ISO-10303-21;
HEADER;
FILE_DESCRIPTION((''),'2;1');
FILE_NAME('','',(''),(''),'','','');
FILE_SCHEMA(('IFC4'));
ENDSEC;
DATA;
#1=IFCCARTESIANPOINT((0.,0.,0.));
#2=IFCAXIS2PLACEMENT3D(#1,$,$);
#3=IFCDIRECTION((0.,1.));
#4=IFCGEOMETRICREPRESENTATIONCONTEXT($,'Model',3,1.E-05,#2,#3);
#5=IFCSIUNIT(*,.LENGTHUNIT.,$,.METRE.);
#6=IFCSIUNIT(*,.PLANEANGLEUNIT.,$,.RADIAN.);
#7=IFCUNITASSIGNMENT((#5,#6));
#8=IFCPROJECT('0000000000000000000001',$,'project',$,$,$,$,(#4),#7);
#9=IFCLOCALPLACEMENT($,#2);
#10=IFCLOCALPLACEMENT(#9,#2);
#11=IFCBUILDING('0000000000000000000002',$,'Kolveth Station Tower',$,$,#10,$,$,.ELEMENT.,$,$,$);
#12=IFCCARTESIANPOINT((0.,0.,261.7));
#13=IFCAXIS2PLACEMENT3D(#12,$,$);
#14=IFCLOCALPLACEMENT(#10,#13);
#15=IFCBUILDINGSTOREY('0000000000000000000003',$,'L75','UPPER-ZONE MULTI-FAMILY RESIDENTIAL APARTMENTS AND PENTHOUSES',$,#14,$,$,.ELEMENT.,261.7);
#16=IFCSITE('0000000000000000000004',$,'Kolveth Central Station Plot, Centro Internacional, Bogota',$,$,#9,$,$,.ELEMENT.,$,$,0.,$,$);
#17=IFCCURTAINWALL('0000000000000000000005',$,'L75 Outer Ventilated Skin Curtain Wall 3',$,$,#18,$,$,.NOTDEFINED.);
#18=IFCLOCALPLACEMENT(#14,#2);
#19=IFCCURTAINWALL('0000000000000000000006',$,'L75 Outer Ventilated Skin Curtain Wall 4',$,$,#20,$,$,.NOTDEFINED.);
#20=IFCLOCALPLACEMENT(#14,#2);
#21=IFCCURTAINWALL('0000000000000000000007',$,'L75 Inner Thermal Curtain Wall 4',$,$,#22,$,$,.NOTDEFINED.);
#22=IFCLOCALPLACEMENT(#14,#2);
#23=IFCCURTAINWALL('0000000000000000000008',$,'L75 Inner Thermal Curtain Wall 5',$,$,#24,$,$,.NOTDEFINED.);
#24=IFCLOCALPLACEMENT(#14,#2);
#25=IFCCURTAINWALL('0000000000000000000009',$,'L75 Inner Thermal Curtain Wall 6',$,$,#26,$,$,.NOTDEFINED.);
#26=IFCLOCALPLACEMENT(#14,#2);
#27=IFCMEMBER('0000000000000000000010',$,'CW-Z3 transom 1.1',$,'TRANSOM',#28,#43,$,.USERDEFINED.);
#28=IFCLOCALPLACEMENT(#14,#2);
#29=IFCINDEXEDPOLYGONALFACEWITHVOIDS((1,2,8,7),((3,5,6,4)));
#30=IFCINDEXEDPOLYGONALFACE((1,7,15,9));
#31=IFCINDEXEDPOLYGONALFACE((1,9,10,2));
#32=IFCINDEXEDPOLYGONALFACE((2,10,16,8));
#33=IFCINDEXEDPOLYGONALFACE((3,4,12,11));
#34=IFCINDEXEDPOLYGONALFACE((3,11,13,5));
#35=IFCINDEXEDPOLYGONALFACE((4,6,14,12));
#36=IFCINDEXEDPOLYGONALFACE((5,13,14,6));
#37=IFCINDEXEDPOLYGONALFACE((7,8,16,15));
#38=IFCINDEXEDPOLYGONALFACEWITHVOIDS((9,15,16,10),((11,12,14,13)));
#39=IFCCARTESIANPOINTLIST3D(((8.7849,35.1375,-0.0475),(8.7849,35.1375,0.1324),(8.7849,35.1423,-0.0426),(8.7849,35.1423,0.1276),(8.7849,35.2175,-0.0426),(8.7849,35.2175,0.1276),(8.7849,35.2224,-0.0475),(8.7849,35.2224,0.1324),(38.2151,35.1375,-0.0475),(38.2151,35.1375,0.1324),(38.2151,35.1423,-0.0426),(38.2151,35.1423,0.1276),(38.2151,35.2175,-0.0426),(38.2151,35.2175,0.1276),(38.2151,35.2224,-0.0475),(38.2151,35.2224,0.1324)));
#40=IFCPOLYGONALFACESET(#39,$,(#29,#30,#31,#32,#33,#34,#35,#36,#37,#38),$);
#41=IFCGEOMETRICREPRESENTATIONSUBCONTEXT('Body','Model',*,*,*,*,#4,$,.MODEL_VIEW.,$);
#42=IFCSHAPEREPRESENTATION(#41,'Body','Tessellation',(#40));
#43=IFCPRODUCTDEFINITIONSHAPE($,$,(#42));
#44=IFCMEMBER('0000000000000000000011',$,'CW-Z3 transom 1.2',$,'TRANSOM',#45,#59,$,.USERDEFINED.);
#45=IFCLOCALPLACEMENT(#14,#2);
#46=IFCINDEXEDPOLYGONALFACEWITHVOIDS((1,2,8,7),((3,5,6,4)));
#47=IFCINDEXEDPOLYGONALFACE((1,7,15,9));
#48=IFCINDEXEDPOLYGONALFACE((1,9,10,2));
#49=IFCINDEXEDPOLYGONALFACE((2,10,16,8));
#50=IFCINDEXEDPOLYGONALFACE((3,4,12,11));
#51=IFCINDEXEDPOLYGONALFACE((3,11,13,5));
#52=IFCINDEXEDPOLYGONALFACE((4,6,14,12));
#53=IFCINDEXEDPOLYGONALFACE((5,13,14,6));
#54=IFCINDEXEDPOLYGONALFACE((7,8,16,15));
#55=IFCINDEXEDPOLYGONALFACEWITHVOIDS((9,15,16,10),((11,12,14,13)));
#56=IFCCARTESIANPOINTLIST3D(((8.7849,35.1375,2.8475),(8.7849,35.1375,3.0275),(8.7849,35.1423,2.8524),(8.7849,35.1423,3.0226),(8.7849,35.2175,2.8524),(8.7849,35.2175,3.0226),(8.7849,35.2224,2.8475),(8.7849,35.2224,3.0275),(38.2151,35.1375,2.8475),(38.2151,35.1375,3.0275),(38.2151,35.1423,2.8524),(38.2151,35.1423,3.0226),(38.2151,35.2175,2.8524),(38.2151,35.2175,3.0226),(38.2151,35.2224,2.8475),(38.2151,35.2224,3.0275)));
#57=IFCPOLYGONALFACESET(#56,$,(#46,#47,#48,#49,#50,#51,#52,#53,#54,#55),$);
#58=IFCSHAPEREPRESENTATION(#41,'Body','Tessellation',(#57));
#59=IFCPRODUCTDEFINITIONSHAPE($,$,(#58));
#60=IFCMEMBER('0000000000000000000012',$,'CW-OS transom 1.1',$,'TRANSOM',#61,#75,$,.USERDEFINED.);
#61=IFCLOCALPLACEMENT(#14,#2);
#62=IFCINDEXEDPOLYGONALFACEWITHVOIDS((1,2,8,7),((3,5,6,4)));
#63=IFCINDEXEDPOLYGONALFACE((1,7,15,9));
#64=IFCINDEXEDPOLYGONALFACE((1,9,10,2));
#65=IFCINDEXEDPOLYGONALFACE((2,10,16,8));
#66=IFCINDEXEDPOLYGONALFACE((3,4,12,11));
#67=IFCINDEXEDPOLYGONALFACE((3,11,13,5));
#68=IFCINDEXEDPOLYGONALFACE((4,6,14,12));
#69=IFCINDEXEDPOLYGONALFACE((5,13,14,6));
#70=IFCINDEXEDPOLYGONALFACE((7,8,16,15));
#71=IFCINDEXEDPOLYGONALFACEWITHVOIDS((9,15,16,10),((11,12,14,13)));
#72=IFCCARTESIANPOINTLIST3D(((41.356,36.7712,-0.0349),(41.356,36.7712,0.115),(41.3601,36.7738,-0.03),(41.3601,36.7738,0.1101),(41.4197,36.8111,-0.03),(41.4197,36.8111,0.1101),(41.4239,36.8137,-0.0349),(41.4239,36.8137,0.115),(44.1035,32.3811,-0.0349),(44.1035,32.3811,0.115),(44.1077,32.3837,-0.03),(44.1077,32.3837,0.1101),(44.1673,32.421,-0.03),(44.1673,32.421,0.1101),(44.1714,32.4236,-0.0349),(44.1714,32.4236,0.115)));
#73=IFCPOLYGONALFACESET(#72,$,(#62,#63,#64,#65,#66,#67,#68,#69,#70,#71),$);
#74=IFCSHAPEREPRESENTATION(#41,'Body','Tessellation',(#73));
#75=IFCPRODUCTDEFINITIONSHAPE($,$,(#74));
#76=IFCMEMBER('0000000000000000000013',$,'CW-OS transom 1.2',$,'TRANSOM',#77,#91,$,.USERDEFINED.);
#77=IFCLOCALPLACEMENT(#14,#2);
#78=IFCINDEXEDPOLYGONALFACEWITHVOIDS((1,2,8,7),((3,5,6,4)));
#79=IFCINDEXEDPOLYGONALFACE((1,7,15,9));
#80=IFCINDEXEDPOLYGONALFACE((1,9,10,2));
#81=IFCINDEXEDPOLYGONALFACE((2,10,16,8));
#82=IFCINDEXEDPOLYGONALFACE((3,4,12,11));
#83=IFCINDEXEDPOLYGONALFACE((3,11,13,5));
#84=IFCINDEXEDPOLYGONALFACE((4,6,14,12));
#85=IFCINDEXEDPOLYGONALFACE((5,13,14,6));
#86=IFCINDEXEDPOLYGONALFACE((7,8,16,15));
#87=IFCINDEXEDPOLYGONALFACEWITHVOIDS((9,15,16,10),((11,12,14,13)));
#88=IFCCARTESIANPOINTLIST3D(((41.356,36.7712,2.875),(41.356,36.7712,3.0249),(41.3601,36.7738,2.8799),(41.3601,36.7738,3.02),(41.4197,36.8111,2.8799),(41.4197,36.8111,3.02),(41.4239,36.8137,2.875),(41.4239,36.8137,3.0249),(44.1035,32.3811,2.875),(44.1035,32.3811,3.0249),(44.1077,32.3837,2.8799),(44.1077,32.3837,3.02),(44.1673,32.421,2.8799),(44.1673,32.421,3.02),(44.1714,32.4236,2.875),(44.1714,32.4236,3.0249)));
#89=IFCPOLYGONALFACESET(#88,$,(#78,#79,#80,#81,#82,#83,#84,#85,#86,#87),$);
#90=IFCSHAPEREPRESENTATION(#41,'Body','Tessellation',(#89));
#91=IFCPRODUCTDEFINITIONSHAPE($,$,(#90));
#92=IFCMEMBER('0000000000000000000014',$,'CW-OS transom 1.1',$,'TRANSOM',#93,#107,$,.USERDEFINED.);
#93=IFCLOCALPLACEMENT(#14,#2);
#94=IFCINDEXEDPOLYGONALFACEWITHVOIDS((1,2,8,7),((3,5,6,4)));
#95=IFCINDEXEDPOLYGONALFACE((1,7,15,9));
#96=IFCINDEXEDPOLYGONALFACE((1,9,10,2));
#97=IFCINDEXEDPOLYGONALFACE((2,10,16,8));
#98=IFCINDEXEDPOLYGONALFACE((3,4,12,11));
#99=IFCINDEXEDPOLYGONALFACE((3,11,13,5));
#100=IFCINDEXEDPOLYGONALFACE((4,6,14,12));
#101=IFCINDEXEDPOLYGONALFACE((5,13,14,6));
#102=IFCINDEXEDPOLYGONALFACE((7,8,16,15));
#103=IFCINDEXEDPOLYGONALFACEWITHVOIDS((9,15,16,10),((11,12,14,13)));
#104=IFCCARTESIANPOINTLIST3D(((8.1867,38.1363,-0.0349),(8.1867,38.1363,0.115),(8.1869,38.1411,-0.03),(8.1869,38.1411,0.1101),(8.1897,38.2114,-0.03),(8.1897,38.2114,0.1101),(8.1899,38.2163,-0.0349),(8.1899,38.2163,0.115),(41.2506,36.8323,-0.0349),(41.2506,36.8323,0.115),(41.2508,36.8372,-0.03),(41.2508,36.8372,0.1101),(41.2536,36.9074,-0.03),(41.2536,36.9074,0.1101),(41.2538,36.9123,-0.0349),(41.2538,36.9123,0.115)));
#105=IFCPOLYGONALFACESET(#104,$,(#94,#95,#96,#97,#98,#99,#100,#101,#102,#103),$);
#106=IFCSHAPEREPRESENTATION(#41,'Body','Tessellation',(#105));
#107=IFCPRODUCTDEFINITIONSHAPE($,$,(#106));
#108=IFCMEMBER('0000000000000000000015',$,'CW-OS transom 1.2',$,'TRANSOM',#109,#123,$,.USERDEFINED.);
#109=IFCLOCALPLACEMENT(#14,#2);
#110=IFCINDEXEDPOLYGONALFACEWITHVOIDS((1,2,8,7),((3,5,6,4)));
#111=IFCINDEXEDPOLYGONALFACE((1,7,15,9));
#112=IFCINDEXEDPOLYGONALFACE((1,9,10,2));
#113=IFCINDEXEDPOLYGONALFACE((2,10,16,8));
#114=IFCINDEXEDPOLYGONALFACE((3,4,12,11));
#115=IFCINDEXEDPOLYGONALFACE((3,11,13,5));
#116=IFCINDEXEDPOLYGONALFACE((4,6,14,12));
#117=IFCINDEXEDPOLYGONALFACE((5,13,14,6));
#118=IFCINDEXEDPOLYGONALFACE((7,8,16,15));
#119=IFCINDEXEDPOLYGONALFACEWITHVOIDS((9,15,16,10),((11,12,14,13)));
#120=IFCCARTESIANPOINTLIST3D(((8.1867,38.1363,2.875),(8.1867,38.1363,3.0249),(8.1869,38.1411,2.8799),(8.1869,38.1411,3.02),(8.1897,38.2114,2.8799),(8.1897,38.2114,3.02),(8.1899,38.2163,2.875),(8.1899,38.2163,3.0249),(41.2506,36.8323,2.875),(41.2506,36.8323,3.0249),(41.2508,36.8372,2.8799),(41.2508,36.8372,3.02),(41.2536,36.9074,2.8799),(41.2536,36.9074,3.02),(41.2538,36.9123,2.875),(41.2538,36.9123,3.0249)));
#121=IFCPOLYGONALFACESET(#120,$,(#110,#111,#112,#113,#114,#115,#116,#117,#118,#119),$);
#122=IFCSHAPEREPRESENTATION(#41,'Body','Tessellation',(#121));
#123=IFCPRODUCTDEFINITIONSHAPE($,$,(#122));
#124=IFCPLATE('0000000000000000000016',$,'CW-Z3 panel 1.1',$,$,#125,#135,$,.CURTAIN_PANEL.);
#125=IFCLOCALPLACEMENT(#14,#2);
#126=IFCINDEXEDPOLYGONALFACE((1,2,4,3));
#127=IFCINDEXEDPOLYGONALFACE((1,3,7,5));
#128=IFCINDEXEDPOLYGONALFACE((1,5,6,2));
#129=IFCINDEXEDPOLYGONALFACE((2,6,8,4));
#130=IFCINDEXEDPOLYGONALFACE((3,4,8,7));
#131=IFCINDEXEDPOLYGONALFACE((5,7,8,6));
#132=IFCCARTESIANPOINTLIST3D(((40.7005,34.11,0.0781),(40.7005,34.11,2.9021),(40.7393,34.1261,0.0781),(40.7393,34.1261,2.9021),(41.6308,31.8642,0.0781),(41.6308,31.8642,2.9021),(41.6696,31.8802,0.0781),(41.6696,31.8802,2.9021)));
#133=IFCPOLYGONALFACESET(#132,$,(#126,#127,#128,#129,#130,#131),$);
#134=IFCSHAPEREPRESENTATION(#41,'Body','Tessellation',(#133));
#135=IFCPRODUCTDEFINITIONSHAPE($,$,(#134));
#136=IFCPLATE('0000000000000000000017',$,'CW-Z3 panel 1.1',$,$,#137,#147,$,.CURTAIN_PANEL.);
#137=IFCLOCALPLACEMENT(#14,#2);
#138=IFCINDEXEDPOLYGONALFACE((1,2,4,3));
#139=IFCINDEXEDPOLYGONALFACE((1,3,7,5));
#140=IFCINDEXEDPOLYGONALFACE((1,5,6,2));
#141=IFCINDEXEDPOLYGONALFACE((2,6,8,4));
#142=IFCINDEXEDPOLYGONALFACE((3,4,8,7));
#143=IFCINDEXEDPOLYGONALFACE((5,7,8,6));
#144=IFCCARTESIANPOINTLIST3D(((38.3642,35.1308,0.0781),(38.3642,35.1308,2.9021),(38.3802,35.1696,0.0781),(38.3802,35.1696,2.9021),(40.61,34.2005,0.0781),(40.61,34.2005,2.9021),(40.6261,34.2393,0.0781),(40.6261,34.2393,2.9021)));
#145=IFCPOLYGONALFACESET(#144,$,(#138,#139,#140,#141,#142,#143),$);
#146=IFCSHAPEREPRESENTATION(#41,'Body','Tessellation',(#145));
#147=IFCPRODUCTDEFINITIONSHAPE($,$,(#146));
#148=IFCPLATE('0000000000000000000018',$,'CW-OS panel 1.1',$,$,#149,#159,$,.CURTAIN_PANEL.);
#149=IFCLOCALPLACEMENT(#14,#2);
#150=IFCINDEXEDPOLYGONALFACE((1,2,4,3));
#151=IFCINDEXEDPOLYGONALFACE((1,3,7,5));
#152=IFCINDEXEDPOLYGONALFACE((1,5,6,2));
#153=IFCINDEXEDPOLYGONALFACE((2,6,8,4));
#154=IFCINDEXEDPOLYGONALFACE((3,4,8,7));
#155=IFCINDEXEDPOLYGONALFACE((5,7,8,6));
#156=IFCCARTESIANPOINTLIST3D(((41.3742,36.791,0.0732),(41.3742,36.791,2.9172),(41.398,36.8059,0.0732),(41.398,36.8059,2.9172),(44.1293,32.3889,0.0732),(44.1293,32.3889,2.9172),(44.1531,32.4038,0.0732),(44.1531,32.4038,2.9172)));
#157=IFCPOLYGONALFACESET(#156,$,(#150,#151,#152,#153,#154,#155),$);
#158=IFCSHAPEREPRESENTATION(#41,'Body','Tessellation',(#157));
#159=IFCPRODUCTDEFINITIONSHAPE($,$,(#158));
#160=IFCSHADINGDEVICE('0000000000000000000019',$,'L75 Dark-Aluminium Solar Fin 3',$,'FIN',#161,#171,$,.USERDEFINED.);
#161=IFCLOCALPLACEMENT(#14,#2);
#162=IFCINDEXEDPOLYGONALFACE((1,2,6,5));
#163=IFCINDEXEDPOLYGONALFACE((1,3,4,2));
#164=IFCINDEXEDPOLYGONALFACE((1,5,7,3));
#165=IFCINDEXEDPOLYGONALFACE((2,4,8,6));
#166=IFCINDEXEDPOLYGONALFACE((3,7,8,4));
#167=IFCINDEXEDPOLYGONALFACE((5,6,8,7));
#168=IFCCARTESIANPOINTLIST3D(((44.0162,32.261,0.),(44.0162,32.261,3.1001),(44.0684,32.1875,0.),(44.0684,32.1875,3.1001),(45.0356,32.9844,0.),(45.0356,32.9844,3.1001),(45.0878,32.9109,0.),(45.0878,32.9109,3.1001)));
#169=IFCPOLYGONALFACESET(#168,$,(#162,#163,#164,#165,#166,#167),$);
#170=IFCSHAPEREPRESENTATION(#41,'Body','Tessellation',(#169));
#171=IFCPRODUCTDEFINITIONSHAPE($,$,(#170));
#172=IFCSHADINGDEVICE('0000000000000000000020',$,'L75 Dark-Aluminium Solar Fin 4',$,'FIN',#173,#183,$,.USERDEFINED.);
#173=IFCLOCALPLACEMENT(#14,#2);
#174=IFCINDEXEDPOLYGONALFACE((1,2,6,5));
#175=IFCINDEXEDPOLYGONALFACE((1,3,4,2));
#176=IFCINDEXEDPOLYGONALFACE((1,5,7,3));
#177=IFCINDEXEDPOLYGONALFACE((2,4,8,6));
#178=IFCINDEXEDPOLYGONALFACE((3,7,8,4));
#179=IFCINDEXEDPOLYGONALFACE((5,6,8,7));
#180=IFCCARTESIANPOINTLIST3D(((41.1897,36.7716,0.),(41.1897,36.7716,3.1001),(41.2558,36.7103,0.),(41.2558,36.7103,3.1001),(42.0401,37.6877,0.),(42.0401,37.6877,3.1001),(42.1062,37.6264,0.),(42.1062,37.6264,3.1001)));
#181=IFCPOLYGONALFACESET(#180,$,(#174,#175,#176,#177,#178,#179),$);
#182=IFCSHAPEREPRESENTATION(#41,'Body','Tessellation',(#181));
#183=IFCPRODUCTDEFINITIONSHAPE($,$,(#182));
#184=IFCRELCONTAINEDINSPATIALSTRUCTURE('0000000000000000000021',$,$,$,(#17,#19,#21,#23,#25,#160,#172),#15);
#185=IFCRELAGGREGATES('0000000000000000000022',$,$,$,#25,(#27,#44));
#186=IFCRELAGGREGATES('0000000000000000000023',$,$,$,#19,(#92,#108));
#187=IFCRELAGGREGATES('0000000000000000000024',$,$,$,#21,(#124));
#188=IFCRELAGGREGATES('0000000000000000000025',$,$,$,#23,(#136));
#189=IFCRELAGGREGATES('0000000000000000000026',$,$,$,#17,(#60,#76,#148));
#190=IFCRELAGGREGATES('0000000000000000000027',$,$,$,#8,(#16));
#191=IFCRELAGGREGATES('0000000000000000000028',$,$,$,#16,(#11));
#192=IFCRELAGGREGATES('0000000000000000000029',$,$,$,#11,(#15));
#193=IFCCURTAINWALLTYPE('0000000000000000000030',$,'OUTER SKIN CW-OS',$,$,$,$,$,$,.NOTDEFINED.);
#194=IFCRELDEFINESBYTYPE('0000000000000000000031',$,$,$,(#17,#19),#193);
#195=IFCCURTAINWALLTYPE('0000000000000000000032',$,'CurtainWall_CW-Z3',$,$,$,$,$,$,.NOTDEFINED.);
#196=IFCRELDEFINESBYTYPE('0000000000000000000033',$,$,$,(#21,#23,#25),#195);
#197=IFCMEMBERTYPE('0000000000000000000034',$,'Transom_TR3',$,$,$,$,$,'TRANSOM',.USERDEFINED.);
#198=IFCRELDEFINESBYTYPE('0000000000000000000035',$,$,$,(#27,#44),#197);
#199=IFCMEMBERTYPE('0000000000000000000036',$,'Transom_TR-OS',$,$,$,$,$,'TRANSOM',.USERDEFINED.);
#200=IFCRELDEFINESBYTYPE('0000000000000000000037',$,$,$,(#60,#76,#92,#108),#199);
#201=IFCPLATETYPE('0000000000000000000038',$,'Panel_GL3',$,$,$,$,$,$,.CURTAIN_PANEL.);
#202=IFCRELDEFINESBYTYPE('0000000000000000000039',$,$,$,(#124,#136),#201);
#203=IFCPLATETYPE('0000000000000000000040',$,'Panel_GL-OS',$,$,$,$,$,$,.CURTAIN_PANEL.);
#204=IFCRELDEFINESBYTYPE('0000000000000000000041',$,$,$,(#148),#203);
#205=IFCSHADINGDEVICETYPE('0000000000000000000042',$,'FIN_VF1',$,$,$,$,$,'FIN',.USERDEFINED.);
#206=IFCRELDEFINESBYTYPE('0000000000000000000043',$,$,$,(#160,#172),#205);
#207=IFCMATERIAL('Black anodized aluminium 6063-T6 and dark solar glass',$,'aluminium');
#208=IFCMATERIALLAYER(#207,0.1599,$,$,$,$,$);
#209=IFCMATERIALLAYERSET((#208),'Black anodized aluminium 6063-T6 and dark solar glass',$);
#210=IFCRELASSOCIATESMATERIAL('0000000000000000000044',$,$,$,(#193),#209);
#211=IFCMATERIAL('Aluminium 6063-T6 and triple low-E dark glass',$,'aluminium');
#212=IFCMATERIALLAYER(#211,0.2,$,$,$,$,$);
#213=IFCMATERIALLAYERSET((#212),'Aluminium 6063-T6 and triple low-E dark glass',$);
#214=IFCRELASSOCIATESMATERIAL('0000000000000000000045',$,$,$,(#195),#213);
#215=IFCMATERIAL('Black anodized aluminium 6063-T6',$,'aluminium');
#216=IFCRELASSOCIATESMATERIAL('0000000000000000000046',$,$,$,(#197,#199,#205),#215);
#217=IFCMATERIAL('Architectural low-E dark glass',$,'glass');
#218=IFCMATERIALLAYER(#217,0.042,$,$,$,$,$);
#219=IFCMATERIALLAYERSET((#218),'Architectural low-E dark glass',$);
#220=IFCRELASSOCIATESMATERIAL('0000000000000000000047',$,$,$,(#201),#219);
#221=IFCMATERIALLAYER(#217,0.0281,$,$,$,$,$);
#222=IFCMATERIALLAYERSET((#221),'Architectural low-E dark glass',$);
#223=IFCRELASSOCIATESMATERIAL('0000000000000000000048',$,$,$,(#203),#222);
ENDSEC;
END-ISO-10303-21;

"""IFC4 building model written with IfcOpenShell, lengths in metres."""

from ifc_helpers import new_model, si_unit, direction, frame, origin, origin_2d, place, context, subcontext, project, spatial, rectangle, hollow_rectangle, extrude, source, transform, mapped, material, layer, layer_set, material_profile, profile_set, type_object, element, aggregate, save


model = new_model("IFC4")

# Units and contexts
model_context = context("Model", 3, precision=1e-05, world=origin(), true_north=direction((0.0, 1.0)))
body_context = subcontext(model_context, "Body", "Model", "MODEL_VIEW")
ifc_project = project(units=[si_unit("LENGTHUNIT", "METRE"), si_unit("PLANEANGLEUNIT", "RADIAN")], contexts=[model_context])

# Site, building, storey
site_placement = place(None, origin())
site = spatial("IfcSite", under=ifc_project, at=site_placement, Name="Kolveth Central Station Plot, Centro Internacional, Bogota", CompositionType="ELEMENT", RefElevation=0.0)
building_placement = place(site_placement, origin())
building = spatial("IfcBuilding", under=site, at=building_placement, Name="Kolveth Station Tower", CompositionType="ELEMENT")
storey_placement = place(building_placement, frame((0.0, 0.0, 261.7)))
storey = spatial("IfcBuildingStorey", under=building, at=storey_placement, Name="L75", Description="UPPER-ZONE MULTI-FAMILY RESIDENTIAL APARTMENTS AND PENTHOUSES", CompositionType="ELEMENT", Elevation=261.7)

# Curtain wall
ifc_material_1 = material(Name="Black anodized aluminium 6063-T6 and dark solar glass", Category="aluminium")
ifc_layer_1 = layer(ifc_material_1, 0.1599)
ifc_layer_set_1 = layer_set([ifc_layer_1], Name="Black anodized aluminium 6063-T6 and dark solar glass")
curtain_wall_type_1 = type_object("IfcCurtainWallType", Name="OUTER SKIN CW-OS", PredefinedType="NOTDEFINED", material=ifc_layer_set_1)
curtain_wall_1_placement = place(storey_placement, origin())
curtain_wall_1 = element("IfcCurtainWall", 1, at=curtain_wall_1_placement, inside=storey, type_object=curtain_wall_type_1, Name="L75 Outer Ventilated Skin Curtain Wall 3", PredefinedType="NOTDEFINED")
ifc_material_2 = material(Name="Black anodized aluminium 6063-T6", Category="aluminium")

# Curtain walls
curtain_wall_2_placement = place(storey_placement, origin())
curtain_wall_2 = element("IfcCurtainWall", 2, at=curtain_wall_2_placement, inside=storey, type_object=curtain_wall_type_1, Name="L75 Outer Ventilated Skin Curtain Wall 4", PredefinedType="NOTDEFINED")
ifc_material_3 = material(Name="Aluminium 6063-T6 and triple low-E dark glass", Category="aluminium")
ifc_layer_2 = layer(ifc_material_3, 0.2)
ifc_layer_set_2 = layer_set([ifc_layer_2], Name="Aluminium 6063-T6 and triple low-E dark glass")
curtain_wall_type_2 = type_object("IfcCurtainWallType", Name="CurtainWall_CW-Z3", PredefinedType="NOTDEFINED", material=ifc_layer_set_2)
curtain_wall_3_placement = place(storey_placement, origin())
curtain_wall_3 = element("IfcCurtainWall", 3, at=curtain_wall_3_placement, inside=storey, type_object=curtain_wall_type_2, Name="L75 Inner Thermal Curtain Wall 4", PredefinedType="NOTDEFINED")

# Curtain wall
curtain_wall_4_placement = place(storey_placement, origin())
curtain_wall_4 = element("IfcCurtainWall", 4, at=curtain_wall_4_placement, inside=storey, type_object=curtain_wall_type_2, Name="L75 Inner Thermal Curtain Wall 5", PredefinedType="NOTDEFINED")

# Curtain wall
curtain_wall_5_placement = place(storey_placement, origin())
curtain_wall_5 = element("IfcCurtainWall", 5, at=curtain_wall_5_placement, inside=storey, type_object=curtain_wall_type_2, Name="L75 Inner Thermal Curtain Wall 6", PredefinedType="NOTDEFINED")

# Members
ifc_material_profile_1 = material_profile(ifc_material_2, hollow_rectangle(XDim=0.085, YDim=0.1799, WallThickness=0.0049, at=origin_2d()), Name="ALU-85x180x5")
ifc_profile_set_1 = profile_set([ifc_material_profile_1], Name="Black anodized aluminium 6063-T6")
member_type_1 = type_object("IfcMemberType", Name="Transom_TR3", ElementType="TRANSOM", PredefinedType="USERDEFINED", material=ifc_profile_set_1)
shared_shape_1 = source(origin(), body_context, "Body", "SweptSolid", [
    extrude(hollow_rectangle(XDim=0.085, YDim=0.1799, WallThickness=0.0049, at=origin_2d()), origin(), (0.0, 0.0, 1.0), 29.4302),
])
member_1_placement = place(storey_placement, frame((38.2151, 35.1799, 0.0425), z_axis=(-1.0, 0.0, 0.0), x_axis=(0.0, -1.0, 0.0)))
member_1 = element("IfcMember", 6, at=member_1_placement, type_object=member_type_1, Name="CW-Z3 transom 1.1", ObjectType="TRANSOM", PredefinedType="USERDEFINED", context=body_context, shape_type="MappedRepresentation", body=[
    mapped(shared_shape_1, transform((0.0, 0.0, 0.0), x_axis=(1.0, 0.0, 0.0), y_axis=(0.0, 1.0, 0.0), z_axis=(0.0, 0.0, 1.0), scale=1.0)),
])
member_2_placement = place(storey_placement, frame((38.2151, 35.1799, 2.9375), z_axis=(-1.0, 0.0, 0.0), x_axis=(0.0, -1.0, 0.0)))
member_2 = element("IfcMember", 7, at=member_2_placement, type_object=member_type_1, Name="CW-Z3 transom 1.2", ObjectType="TRANSOM", PredefinedType="USERDEFINED", context=body_context, shape_type="MappedRepresentation", body=[
    mapped(shared_shape_1, transform((0.0, 0.0, 0.0), x_axis=(1.0, 0.0, 0.0), y_axis=(0.0, 1.0, 0.0), z_axis=(0.0, 0.0, 1.0), scale=1.0)),
])
aggregate(curtain_wall_5, [member_1, member_2])
ifc_material_profile_2 = material_profile(ifc_material_2, hollow_rectangle(XDim=0.0801, YDim=0.1499, WallThickness=0.0049, at=origin_2d()), Name="ALU-80x150x5")
ifc_profile_set_2 = profile_set([ifc_material_profile_2], Name="Black anodized aluminium 6063-T6")
member_type_2 = type_object("IfcMemberType", Name="Transom_TR-OS", ElementType="TRANSOM", PredefinedType="USERDEFINED", material=ifc_profile_set_2)
shared_shape_2 = source(origin(), body_context, "Body", "SweptSolid", [
    extrude(hollow_rectangle(XDim=0.0801, YDim=0.1499, WallThickness=0.0049, at=origin_2d()), origin(), (0.0, 0.0, 1.0), 5.179),
])
member_3_placement = place(storey_placement, frame((44.1375, 32.4023, 0.04), z_axis=(-0.530516, 0.847675, 0.0), x_axis=(-0.847675, -0.530516, 0.0)))
member_3 = element("IfcMember", 8, at=member_3_placement, type_object=member_type_2, Name="CW-OS transom 1.1", ObjectType="TRANSOM", PredefinedType="USERDEFINED", context=body_context, shape_type="MappedRepresentation", body=[
    mapped(shared_shape_2, transform((0.0, 0.0, 0.0), x_axis=(1.0, 0.0, 0.0), y_axis=(0.0, 1.0, 0.0), z_axis=(0.0, 0.0, 1.0), scale=1.0)),
])
member_4_placement = place(storey_placement, frame((44.1375, 32.4023, 2.95), z_axis=(-0.530516, 0.847675, 0.0), x_axis=(-0.847675, -0.530516, 0.0)))
member_4 = element("IfcMember", 9, at=member_4_placement, type_object=member_type_2, Name="CW-OS transom 1.2", ObjectType="TRANSOM", PredefinedType="USERDEFINED", context=body_context, shape_type="MappedRepresentation", body=[
    mapped(shared_shape_2, transform((0.0, 0.0, 0.0), x_axis=(1.0, 0.0, 0.0), y_axis=(0.0, 1.0, 0.0), z_axis=(0.0, 0.0, 1.0), scale=1.0)),
])
shared_shape_3 = source(origin(), body_context, "Body", "SweptSolid", [
    extrude(hollow_rectangle(XDim=0.0801, YDim=0.1499, WallThickness=0.0049, at=origin_2d()), origin(), (0.0, 0.0, 1.0), 33.0896),
])
member_5_placement = place(storey_placement, frame((41.2522, 36.8723, 0.04), z_axis=(-0.999223, 0.039407, 0.0), x_axis=(-0.039407, -0.999223, 0.0)))
member_5 = element("IfcMember", 10, at=member_5_placement, type_object=member_type_2, Name="CW-OS transom 1.1", ObjectType="TRANSOM", PredefinedType="USERDEFINED", context=body_context, shape_type="MappedRepresentation", body=[
    mapped(shared_shape_3, transform((0.0, 0.0, 0.0), x_axis=(1.0, 0.0, 0.0), y_axis=(0.0, 1.0, 0.0), z_axis=(0.0, 0.0, 1.0), scale=1.0)),
])
member_6_placement = place(storey_placement, frame((41.2522, 36.8723, 2.95), z_axis=(-0.999223, 0.039407, 0.0), x_axis=(-0.039407, -0.999223, 0.0)))
member_6 = element("IfcMember", 11, at=member_6_placement, type_object=member_type_2, Name="CW-OS transom 1.2", ObjectType="TRANSOM", PredefinedType="USERDEFINED", context=body_context, shape_type="MappedRepresentation", body=[
    mapped(shared_shape_3, transform((0.0, 0.0, 0.0), x_axis=(1.0, 0.0, 0.0), y_axis=(0.0, 1.0, 0.0), z_axis=(0.0, 0.0, 1.0), scale=1.0)),
])
aggregate(curtain_wall_2, [member_5, member_6])

# Plates
ifc_material_4 = material(Name="Architectural low-E dark glass", Category="glass")
ifc_layer_3 = layer(ifc_material_4, 0.042)
ifc_layer_set_3 = layer_set([ifc_layer_3], Name="Architectural low-E dark glass")
plate_type_1 = type_object("IfcPlateType", Name="Panel_GL3", PredefinedType="CURTAIN_PANEL", material=ifc_layer_set_3)
shared_shape_4 = source(origin(), body_context, "Body", "SweptSolid", [
    extrude(rectangle(XDim=2.4309, YDim=0.042, at=origin_2d()), origin(), (0.0, 0.0, 1.0), 2.824),
])
plate_1_placement = place(storey_placement, frame((41.1851, 32.9951, 0.0781), z_axis=(0.0, 0.0, 1.0), x_axis=(-0.382693, 0.923875, 0.0)))
plate_1 = element("IfcPlate", 12, at=plate_1_placement, type_object=plate_type_1, Name="CW-Z3 panel 1.1", PredefinedType="CURTAIN_PANEL", context=body_context, shape_type="MappedRepresentation", body=[
    mapped(shared_shape_4, transform((0.0, 0.0, 0.0), x_axis=(1.0, 0.0, 0.0), y_axis=(0.0, 1.0, 0.0), z_axis=(0.0, 0.0, 1.0), scale=1.0)),
])
aggregate(curtain_wall_3, [plate_1])
plate_2_placement = place(storey_placement, frame((39.4951, 34.6851, 0.0781), z_axis=(0.0, 0.0, 1.0), x_axis=(-0.923875, 0.382693, 0.0)))
plate_2 = element("IfcPlate", 13, at=plate_2_placement, type_object=plate_type_1, Name="CW-Z3 panel 1.1", PredefinedType="CURTAIN_PANEL", context=body_context, shape_type="MappedRepresentation", body=[
    mapped(shared_shape_4, transform((0.0, 0.0, 0.0), x_axis=(1.0, 0.0, 0.0), y_axis=(0.0, 1.0, 0.0), z_axis=(0.0, 0.0, 1.0), scale=1.0)),
])
aggregate(curtain_wall_4, [plate_2])
ifc_layer_4 = layer(ifc_material_4, 0.0281)
ifc_layer_set_4 = layer_set([ifc_layer_4], Name="Architectural low-E dark glass")
plate_type_2 = type_object("IfcPlateType", Name="Panel_GL-OS", PredefinedType="CURTAIN_PANEL", material=ifc_layer_set_4)
shared_shape_5 = source(origin(), body_context, "Body", "SweptSolid", [
    extrude(rectangle(XDim=5.1931, YDim=0.0281, at=origin_2d()), origin(), (0.0, 0.0, 1.0), 2.844),
])
plate_3_placement = place(storey_placement, frame((42.7637, 34.5974, 0.0732), z_axis=(0.0, 0.0, 1.0), x_axis=(-0.530524, 0.84767, 0.0)))
plate_3 = element("IfcPlate", 14, at=plate_3_placement, type_object=plate_type_2, Name="CW-OS panel 1.1", PredefinedType="CURTAIN_PANEL", context=body_context, shape_type="MappedRepresentation", body=[
    mapped(shared_shape_5, transform((0.0, 0.0, 0.0), x_axis=(1.0, 0.0, 0.0), y_axis=(0.0, 1.0, 0.0), z_axis=(0.0, 0.0, 1.0), scale=1.0)),
])
aggregate(curtain_wall_1, [member_3, member_4, plate_3])

# Shading devices
shading_device_type = type_object("IfcShadingDeviceType", Name="FIN_VF1", ElementType="FIN", PredefinedType="USERDEFINED", material=ifc_material_2)
shared_shape_6 = source(origin(), body_context, "Body", "SweptSolid", [
    extrude(rectangle(XDim=1.25, YDim=0.0901, at=origin_2d()), origin(), (0.0, 0.0, 1.0), 3.1001),
])
for number, where, z_axis, x_axis, name in (
    (15, (44.552, 32.5859, 0.0), (0.0, 0.0, 1.0), (0.815532, 0.578712, 0.0), "L75 Dark-Aluminium Solar Fin 3"),
    (16, (41.6479, 37.199, 0.0), (0.0, 0.0, 1.0), (0.680337, 0.732899, 0.0), "L75 Dark-Aluminium Solar Fin 4"),
):
    element("IfcShadingDevice", number, at=place(storey_placement, frame(where, z_axis=z_axis, x_axis=x_axis)), inside=storey, type_object=shading_device_type, Name=name, ObjectType="FIN", PredefinedType="USERDEFINED", context=body_context, shape_type="MappedRepresentation", body=[
        mapped(shared_shape_6, transform((0.0, 0.0, 0.0), x_axis=(1.0, 0.0, 0.0), y_axis=(0.0, 1.0, 0.0), z_axis=(0.0, 0.0, 1.0), scale=1.0)),
    ])

save(model, "model.ifc")
